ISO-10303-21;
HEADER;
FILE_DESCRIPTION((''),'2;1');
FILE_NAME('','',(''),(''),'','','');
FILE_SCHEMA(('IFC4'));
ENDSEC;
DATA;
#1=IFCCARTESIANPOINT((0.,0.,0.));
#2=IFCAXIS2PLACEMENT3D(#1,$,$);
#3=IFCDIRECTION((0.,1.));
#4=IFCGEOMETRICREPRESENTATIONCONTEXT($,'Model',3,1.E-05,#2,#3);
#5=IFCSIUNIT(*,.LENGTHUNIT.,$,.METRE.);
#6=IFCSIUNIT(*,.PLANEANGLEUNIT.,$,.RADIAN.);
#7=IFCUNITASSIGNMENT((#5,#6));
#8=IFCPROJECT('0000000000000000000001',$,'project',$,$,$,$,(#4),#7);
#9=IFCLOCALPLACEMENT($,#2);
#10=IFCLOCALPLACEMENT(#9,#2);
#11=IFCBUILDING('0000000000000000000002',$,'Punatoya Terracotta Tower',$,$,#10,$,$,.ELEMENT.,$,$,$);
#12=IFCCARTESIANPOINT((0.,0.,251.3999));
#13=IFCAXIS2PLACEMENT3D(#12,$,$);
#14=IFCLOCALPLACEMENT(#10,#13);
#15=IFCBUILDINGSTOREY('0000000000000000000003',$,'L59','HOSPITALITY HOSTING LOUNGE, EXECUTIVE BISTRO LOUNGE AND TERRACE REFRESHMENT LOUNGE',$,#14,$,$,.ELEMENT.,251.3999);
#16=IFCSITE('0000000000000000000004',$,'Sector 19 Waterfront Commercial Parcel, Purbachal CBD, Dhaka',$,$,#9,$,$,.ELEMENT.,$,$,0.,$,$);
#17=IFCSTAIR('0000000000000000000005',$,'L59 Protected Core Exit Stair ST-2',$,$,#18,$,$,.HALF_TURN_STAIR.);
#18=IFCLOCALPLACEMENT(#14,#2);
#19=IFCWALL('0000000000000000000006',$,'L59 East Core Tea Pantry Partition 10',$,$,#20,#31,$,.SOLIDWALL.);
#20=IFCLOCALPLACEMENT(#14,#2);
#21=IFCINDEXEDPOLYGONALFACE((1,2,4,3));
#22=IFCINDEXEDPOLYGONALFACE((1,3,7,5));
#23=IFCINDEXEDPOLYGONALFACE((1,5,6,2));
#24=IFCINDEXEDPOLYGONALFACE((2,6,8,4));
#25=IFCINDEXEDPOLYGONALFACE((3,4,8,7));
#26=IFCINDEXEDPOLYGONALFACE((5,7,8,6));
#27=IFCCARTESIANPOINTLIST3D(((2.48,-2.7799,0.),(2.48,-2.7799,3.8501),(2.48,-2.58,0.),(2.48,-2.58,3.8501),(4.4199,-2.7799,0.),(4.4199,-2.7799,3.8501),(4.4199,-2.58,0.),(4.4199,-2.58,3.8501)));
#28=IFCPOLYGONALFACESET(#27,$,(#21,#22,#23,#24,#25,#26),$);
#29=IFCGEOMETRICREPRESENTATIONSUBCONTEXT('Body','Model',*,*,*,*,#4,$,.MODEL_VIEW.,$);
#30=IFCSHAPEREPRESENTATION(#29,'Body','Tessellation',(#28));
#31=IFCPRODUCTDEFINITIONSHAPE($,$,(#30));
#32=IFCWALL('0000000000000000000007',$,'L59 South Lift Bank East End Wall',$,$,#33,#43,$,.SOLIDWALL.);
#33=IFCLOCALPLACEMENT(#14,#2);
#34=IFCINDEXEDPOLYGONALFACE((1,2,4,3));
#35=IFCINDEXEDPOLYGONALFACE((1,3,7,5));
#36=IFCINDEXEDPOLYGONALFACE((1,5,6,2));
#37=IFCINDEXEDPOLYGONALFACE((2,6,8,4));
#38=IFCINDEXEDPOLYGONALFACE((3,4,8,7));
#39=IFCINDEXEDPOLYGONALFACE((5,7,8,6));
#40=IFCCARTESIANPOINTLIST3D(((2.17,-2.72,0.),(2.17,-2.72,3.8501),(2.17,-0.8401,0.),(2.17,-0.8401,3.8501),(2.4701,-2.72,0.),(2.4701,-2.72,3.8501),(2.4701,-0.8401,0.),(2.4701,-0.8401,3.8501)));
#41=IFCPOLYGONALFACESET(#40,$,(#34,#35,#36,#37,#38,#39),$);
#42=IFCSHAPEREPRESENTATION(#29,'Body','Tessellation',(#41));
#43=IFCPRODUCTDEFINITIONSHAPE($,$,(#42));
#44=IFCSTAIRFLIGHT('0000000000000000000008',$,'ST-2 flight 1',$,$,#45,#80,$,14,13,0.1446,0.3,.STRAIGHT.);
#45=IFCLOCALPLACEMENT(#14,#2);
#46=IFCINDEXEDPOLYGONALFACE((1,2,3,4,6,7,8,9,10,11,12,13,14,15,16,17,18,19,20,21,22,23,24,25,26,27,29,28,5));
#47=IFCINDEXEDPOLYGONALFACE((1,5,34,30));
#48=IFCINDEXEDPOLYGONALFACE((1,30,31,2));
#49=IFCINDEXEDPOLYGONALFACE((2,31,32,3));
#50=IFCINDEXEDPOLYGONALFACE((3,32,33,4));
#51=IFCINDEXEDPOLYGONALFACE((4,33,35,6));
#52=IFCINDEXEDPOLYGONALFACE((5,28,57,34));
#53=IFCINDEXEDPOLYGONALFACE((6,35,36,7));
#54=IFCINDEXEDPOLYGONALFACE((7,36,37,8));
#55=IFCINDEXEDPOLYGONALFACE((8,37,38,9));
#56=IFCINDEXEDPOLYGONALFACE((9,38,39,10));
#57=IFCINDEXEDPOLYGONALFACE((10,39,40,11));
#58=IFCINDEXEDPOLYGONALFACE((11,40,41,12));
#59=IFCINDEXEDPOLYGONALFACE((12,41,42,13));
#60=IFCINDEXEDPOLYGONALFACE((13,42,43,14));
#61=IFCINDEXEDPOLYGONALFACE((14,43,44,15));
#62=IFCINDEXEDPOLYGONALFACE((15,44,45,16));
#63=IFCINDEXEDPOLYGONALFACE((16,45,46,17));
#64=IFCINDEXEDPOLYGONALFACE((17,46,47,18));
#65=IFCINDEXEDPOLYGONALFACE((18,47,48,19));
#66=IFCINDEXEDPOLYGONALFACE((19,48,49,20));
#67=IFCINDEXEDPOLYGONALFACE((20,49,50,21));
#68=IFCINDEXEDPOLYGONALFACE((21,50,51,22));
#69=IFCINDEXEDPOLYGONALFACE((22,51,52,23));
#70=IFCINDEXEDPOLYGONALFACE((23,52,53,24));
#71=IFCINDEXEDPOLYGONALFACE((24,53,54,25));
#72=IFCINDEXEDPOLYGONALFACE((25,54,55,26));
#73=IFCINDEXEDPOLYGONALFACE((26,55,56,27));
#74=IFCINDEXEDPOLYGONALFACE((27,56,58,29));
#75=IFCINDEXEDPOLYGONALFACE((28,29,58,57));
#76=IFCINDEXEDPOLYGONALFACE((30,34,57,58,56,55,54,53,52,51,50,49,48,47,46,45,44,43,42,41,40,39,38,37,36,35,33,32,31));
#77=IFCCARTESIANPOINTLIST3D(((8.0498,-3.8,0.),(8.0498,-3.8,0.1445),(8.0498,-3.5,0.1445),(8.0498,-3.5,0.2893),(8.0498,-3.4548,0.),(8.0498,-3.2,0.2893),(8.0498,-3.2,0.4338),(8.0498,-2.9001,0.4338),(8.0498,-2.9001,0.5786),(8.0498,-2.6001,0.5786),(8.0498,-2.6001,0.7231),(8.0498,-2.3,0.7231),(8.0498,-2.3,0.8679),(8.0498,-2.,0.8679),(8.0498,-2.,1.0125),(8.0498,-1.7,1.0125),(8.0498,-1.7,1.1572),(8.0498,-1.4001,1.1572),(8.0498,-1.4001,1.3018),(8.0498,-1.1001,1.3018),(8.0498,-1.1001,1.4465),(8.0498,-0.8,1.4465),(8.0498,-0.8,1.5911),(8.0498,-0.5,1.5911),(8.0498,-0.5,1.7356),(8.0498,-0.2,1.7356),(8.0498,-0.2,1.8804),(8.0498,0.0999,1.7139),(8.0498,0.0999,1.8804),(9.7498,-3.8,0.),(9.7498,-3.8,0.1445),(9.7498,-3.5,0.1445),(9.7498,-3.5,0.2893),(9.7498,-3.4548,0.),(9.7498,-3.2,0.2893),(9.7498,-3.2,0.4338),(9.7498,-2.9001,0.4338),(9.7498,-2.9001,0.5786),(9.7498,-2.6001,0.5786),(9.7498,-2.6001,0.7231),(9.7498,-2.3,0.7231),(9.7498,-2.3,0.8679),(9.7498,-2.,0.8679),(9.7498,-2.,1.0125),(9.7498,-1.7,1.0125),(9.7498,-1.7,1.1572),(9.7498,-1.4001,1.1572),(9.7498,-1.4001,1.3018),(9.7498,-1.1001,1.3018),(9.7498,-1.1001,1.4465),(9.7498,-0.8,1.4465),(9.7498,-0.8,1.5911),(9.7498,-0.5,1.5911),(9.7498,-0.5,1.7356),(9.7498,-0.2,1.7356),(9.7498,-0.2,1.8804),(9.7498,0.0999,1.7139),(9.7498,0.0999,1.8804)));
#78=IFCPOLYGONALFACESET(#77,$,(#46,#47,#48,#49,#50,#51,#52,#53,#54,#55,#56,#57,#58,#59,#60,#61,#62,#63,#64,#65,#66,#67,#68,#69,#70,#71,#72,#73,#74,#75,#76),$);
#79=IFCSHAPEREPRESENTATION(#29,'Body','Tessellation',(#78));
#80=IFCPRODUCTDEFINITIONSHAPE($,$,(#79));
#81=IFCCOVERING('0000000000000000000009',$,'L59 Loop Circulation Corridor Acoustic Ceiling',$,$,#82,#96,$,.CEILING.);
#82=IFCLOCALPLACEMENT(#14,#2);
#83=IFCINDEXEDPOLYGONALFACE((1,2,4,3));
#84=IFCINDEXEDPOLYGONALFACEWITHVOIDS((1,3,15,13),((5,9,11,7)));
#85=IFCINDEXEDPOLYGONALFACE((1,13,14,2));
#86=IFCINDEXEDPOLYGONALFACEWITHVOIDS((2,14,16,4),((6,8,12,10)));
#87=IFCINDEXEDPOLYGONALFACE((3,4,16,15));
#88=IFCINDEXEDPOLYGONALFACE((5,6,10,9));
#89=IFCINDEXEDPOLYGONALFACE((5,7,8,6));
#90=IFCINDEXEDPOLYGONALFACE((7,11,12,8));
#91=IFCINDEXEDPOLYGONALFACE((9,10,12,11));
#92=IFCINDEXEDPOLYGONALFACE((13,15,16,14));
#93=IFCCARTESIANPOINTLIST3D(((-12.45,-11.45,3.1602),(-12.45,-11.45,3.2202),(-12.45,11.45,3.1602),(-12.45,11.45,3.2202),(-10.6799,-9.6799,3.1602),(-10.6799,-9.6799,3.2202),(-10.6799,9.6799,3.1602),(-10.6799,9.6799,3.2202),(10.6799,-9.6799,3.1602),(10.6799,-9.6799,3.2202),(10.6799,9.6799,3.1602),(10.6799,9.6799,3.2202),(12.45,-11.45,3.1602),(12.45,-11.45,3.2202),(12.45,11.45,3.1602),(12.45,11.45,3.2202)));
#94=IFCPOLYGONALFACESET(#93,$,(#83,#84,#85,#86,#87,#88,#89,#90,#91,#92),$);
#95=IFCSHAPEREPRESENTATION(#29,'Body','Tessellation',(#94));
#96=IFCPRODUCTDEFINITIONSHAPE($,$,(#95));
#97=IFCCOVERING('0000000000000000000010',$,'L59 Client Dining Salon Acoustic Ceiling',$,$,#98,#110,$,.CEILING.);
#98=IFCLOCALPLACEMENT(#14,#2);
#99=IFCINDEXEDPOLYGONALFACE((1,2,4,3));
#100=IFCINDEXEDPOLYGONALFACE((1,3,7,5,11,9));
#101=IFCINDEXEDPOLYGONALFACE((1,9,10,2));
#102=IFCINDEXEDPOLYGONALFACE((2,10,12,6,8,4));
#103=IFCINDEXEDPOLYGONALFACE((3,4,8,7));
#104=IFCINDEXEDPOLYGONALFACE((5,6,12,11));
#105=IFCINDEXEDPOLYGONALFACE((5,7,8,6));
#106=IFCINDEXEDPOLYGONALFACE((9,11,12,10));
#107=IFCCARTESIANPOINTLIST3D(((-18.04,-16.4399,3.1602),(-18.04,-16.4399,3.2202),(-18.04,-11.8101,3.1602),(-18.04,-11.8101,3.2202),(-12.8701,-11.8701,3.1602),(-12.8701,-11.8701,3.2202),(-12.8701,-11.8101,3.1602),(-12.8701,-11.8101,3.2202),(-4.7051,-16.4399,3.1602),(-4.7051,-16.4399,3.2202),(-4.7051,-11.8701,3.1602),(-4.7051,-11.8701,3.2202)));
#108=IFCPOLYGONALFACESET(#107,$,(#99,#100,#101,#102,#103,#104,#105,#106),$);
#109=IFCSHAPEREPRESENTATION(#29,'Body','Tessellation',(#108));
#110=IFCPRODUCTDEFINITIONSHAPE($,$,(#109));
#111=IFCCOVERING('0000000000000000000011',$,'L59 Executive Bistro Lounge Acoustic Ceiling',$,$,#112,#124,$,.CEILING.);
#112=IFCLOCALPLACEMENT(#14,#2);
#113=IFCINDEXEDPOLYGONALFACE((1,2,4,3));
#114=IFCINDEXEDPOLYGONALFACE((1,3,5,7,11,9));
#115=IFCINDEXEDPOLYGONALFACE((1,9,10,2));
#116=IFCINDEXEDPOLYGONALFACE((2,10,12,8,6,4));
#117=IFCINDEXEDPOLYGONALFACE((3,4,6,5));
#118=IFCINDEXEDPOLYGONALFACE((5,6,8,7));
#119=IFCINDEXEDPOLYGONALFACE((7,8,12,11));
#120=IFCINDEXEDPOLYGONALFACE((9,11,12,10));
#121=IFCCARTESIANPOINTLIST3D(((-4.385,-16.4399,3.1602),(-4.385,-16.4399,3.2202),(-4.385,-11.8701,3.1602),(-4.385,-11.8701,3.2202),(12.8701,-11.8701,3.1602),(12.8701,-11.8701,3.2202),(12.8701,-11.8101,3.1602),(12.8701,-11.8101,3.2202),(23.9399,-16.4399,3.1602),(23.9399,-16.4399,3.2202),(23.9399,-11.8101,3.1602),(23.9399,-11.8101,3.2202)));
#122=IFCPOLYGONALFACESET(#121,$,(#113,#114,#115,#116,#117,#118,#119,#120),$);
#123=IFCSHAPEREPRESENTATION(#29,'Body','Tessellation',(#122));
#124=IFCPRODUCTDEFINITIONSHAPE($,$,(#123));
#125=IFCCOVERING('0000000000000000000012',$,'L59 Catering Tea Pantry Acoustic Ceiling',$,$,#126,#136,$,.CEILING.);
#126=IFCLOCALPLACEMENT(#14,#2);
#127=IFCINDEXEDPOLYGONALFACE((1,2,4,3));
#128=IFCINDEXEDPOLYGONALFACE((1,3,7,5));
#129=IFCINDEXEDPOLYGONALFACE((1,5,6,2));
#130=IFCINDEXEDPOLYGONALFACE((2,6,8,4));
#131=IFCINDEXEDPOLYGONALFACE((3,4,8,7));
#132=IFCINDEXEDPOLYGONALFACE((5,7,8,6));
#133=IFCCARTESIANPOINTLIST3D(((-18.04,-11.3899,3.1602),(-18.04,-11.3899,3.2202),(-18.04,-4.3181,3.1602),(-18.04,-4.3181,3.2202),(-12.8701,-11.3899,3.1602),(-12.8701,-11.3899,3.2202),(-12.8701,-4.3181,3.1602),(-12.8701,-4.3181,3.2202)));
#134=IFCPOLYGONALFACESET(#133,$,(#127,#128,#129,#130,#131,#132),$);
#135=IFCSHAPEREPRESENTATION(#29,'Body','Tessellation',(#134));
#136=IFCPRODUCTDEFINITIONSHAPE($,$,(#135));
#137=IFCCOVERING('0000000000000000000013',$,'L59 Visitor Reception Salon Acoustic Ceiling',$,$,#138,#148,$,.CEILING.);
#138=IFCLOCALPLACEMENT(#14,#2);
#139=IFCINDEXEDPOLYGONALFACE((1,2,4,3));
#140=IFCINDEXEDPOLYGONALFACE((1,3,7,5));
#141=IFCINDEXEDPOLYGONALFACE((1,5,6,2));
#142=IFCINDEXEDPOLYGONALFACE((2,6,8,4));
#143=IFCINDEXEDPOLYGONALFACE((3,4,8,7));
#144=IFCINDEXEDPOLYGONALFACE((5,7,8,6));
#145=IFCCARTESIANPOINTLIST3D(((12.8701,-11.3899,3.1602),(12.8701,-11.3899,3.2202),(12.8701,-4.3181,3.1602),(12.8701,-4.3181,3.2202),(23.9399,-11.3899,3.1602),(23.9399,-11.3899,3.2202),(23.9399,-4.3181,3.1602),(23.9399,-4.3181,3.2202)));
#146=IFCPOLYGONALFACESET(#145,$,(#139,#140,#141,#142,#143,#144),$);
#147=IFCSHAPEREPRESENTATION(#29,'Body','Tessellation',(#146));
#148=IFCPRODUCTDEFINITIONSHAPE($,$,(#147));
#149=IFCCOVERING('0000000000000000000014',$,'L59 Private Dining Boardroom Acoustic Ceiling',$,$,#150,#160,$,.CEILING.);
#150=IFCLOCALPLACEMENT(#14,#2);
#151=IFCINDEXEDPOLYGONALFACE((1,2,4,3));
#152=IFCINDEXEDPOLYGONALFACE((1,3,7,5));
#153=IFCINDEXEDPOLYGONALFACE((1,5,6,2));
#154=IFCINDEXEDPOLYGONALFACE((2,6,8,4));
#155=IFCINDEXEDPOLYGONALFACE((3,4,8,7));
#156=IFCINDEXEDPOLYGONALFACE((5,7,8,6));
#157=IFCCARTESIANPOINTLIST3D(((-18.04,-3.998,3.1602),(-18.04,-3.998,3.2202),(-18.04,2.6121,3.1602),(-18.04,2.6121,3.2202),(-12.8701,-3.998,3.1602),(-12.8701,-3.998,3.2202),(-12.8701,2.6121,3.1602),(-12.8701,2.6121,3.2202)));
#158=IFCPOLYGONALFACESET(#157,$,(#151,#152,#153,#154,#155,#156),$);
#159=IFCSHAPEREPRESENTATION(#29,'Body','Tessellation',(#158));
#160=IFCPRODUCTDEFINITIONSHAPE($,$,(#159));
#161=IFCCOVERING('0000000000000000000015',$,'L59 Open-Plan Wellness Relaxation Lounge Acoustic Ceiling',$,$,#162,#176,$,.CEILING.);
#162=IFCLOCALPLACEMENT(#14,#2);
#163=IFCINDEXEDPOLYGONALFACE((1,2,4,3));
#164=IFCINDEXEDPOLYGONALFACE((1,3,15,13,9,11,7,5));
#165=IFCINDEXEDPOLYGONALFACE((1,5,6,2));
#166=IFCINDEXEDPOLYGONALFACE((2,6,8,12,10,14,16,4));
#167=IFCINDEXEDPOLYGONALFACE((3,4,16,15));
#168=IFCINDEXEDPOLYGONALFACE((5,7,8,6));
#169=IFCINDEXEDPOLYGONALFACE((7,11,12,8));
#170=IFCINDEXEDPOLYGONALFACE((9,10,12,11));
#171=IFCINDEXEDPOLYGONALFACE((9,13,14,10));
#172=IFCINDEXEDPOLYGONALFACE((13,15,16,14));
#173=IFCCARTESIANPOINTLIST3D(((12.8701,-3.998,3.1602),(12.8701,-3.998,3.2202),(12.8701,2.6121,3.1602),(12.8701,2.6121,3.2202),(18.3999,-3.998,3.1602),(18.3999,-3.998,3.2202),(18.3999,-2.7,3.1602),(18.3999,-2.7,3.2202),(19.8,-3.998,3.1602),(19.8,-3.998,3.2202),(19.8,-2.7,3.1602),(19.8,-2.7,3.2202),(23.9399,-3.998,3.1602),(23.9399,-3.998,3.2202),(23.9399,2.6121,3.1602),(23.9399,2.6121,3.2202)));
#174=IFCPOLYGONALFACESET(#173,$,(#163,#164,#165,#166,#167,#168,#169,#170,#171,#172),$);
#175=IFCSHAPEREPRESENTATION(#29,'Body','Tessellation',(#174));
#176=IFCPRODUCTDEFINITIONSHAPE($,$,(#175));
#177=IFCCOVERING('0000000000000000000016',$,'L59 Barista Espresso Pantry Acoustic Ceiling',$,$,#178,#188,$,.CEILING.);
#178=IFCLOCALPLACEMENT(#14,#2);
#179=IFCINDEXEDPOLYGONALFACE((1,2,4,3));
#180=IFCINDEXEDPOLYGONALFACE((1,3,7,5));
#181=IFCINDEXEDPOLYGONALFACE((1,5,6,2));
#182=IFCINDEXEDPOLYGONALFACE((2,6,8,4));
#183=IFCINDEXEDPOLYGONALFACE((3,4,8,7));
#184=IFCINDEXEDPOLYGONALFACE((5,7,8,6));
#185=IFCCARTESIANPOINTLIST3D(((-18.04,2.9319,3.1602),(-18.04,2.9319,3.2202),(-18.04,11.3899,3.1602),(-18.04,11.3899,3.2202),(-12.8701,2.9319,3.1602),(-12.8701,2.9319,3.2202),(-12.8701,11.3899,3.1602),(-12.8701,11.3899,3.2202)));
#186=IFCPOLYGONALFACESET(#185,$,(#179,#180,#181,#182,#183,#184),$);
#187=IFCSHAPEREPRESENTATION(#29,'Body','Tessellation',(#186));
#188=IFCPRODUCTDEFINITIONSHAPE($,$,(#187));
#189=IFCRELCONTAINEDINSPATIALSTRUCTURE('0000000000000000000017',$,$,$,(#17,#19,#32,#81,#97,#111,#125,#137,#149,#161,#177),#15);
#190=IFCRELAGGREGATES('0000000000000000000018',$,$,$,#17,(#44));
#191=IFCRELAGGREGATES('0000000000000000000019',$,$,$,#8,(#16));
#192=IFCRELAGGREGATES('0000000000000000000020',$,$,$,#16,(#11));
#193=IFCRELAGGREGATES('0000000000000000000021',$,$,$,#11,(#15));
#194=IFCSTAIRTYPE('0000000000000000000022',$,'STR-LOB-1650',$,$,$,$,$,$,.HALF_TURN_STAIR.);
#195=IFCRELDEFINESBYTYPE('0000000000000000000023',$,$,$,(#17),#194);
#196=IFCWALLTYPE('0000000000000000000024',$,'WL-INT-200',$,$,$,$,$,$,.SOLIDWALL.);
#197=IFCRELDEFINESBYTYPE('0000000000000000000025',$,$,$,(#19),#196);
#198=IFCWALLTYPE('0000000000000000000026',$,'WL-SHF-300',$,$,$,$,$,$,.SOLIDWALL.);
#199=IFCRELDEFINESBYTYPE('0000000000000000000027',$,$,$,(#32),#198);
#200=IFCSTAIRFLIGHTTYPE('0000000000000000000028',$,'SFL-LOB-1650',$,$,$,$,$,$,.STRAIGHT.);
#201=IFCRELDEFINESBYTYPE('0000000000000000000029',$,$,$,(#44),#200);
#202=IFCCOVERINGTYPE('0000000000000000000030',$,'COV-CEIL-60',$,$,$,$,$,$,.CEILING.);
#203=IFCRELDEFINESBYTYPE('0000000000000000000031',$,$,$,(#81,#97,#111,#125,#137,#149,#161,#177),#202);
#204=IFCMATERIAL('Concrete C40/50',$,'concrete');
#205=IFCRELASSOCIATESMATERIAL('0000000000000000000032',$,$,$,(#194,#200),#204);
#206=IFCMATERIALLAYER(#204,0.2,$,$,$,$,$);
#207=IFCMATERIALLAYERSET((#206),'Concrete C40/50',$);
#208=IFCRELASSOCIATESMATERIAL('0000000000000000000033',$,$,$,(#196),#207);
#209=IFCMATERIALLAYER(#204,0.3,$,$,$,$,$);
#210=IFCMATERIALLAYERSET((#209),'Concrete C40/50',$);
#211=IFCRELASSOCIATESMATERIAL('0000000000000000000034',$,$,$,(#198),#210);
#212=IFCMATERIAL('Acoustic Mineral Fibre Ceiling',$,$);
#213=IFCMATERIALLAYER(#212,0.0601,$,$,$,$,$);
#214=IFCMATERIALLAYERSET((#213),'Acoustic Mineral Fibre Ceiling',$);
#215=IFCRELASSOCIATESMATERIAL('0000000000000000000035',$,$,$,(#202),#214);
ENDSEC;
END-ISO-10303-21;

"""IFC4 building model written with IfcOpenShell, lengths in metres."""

from ifc_helpers import new_model, si_unit, direction, frame, frame_2d, origin, place, context, subcontext, project, spatial, polyline, rectangle, outline, extrude, material, layer, layer_set, type_object, element, aggregate, save


model = new_model("IFC4")

# Units and contexts
model_context = context("Model", 3, precision=1e-05, world=origin(), true_north=direction((0.0, 1.0)))
body_context = subcontext(model_context, "Body", "Model", "MODEL_VIEW")
ifc_project = project(units=[si_unit("LENGTHUNIT", "METRE"), si_unit("PLANEANGLEUNIT", "RADIAN")], contexts=[model_context])

# Site, building, storey
site_placement = place(None, origin())
site = spatial("IfcSite", under=ifc_project, at=site_placement, Name="Sector 19 Waterfront Commercial Parcel, Purbachal CBD, Dhaka", CompositionType="ELEMENT", RefElevation=0.0)
building_placement = place(site_placement, origin())
building = spatial("IfcBuilding", under=site, at=building_placement, Name="Punatoya Terracotta Tower", CompositionType="ELEMENT")
storey_placement = place(building_placement, frame((0.0, 0.0, 251.3999)))
storey = spatial("IfcBuildingStorey", under=building, at=storey_placement, Name="L59", Description="HOSPITALITY HOSTING LOUNGE, EXECUTIVE BISTRO LOUNGE AND TERRACE REFRESHMENT LOUNGE", CompositionType="ELEMENT", Elevation=251.3999)

# Stair
ifc_material_1 = material(Name="Concrete C40/50", Category="concrete")
stair_type_1 = type_object("IfcStairType", Name="STR-LOB-1650", PredefinedType="HALF_TURN_STAIR", material=ifc_material_1)
stair_1_placement = place(storey_placement, origin())
stair_1 = element("IfcStair", 1, at=stair_1_placement, inside=storey, type_object=stair_type_1, Name="L59 Protected Core Exit Stair ST-2", PredefinedType="HALF_TURN_STAIR")

# Shared definitions
ifc_layer_1 = layer(ifc_material_1, 0.2)
ifc_layer_set_1 = layer_set([ifc_layer_1], Name="Concrete C40/50")
wall_type_1 = type_object("IfcWallType", Name="WL-INT-200", PredefinedType="SOLIDWALL", material=ifc_layer_set_1)

# Walls
for number, where, z_axis, x_axis, name in (
    (2, (2.48, -2.6799, 0.0), (0.0, 0.0, 1.0), (1.0, 0.0, 0.0), "L59 East Core Tea Pantry Partition 10"),
):
    element("IfcWall", number, at=place(storey_placement, frame(where, z_axis=z_axis, x_axis=x_axis)), inside=storey, type_object=wall_type_1, Name=name, PredefinedType="SOLIDWALL", context=body_context, shape_type="SweptSolid", body=[
        extrude(rectangle(XDim=1.9399, YDim=0.2, at=frame_2d((0.97, 0.0))), origin(), (0.0, 0.0, 1.0), 3.8501),
    ])
ifc_layer_2 = layer(ifc_material_1, 0.3)
ifc_layer_set_2 = layer_set([ifc_layer_2], Name="Concrete C40/50")
wall_type_2 = type_object("IfcWallType", Name="WL-SHF-300", PredefinedType="SOLIDWALL", material=ifc_layer_set_2)
wall_1_placement = place(storey_placement, frame((2.3201, -2.72, 0.0), z_axis=(0.0, 0.0, 1.0), x_axis=(0.0, 1.0, 0.0)))
element("IfcWall", 3, at=wall_1_placement, inside=storey, type_object=wall_type_2, Name="L59 South Lift Bank East End Wall", PredefinedType="SOLIDWALL", context=body_context, shape_type="SweptSolid", body=[
    extrude(rectangle(XDim=1.8799, YDim=0.3, at=frame_2d((0.9399, 0.0))), origin(), (0.0, 0.0, 1.0), 3.8501),
])

# Stair flight
stair_flight_type = type_object("IfcStairFlightType", Name="SFL-LOB-1650", PredefinedType="STRAIGHT", material=ifc_material_1)
stair_flight_placement = place(storey_placement, frame((8.8999, -3.8, 0.0), z_axis=(0.0, 0.0, 1.0), x_axis=(0.0, 1.0, 0.0)))
stair_flight = element("IfcStairFlight", 4, at=stair_flight_placement, type_object=stair_flight_type, Name="ST-2 flight 1", NumberOfRisers=14, NumberOfTreads=13, PredefinedType="STRAIGHT", RiserHeight=0.1446, TreadLength=0.3, context=body_context, shape_type="SweptSolid", body=[
    extrude(outline(polyline([(0.0, 0.0), (0.0, 0.1445), (0.3, 0.1445), (0.3, 0.2893), (0.6001, 0.2893), (0.6001, 0.4338), (0.8999, 0.4338), (0.8999, 0.5786), (1.2, 0.5786), (1.2, 0.7231), (1.5, 0.7231), (1.5, 0.8679), (1.8, 0.8679), (1.8, 1.0125), (2.1001, 1.0125), (2.1001, 1.1572), (2.3999, 1.1572), (2.3999, 1.3018), (2.7, 1.3018), (2.7, 1.4465), (3.0, 1.4465), (3.0, 1.5911), (3.3, 1.5911), (3.3, 1.7356), (3.6001, 1.7356), (3.6001, 1.8804), (3.8999, 1.8804), (3.8999, 2.0249), (3.8999, 1.7139), (0.3452, 0.0), (0.0, 0.0)])), frame((0.0, 0.8501, 0.0), z_axis=(0.0, -1.0, 0.0), x_axis=(1.0, 0.0, 0.0)), (0.0, 0.0, 1.0), 1.7),
])
aggregate(stair_1, [stair_flight])

# Coverings
ifc_material_2 = material(Name="Acoustic Mineral Fibre Ceiling")
ifc_layer_3 = layer(ifc_material_2, 0.0601)
ifc_layer_set_3 = layer_set([ifc_layer_3], Name="Acoustic Mineral Fibre Ceiling")
covering_type = type_object("IfcCoveringType", Name="COV-CEIL-60", PredefinedType="CEILING", material=ifc_layer_set_3)
covering_1_placement = place(storey_placement, frame((0.0, 0.0, 3.1602)))
element("IfcCovering", 5, at=covering_1_placement, inside=storey, type_object=covering_type, Name="L59 Loop Circulation Corridor Acoustic Ceiling", PredefinedType="CEILING", context=body_context, shape_type="SweptSolid", body=[
    extrude(outline(polyline([(-12.45, 11.45), (-12.45, -11.45), (12.45, -11.45), (12.45, 11.45), (-12.45, 11.45)]), holes=[polyline([(-10.6799, 9.6799), (10.6799, 9.6799), (10.6799, -9.6799), (-10.6799, -9.6799), (-10.6799, 9.6799)])]), origin(), (0.0, 0.0, 1.0), 0.0601),
])
covering_2_placement = place(storey_placement, frame((0.0, 0.0, 3.1602)))
element("IfcCovering", 6, at=covering_2_placement, inside=storey, type_object=covering_type, Name="L59 Client Dining Salon Acoustic Ceiling", PredefinedType="CEILING", context=body_context, shape_type="SweptSolid", body=[
    extrude(outline(polyline([(-12.8701, -11.8701), (-12.8701, -11.8101), (-18.04, -11.8101), (-18.04, -16.4399), (-4.7051, -16.4399), (-4.7051, -11.8701), (-12.8701, -11.8701)])), origin(), (0.0, 0.0, 1.0), 0.0601),
])
covering_3_placement = place(storey_placement, frame((0.0, 0.0, 3.1602)))
element("IfcCovering", 7, at=covering_3_placement, inside=storey, type_object=covering_type, Name="L59 Executive Bistro Lounge Acoustic Ceiling", PredefinedType="CEILING", context=body_context, shape_type="SweptSolid", body=[
    extrude(outline(polyline([(12.8701, -11.8701), (-4.385, -11.8701), (-4.385, -16.4399), (23.9399, -16.4399), (23.9399, -11.8101), (12.8701, -11.8101), (12.8701, -11.8701)])), origin(), (0.0, 0.0, 1.0), 0.0601),
])
covering_4_placement = place(storey_placement, frame((0.0, 0.0, 3.1602)))
element("IfcCovering", 8, at=covering_4_placement, inside=storey, type_object=covering_type, Name="L59 Catering Tea Pantry Acoustic Ceiling", PredefinedType="CEILING", context=body_context, shape_type="SweptSolid", body=[
    extrude(outline(polyline([(-18.04, -4.3181), (-18.04, -11.3899), (-12.8701, -11.3899), (-12.8701, -4.3181), (-18.04, -4.3181)])), origin(), (0.0, 0.0, 1.0), 0.0601),
])
covering_5_placement = place(storey_placement, frame((0.0, 0.0, 3.1602)))
element("IfcCovering", 9, at=covering_5_placement, inside=storey, type_object=covering_type, Name="L59 Visitor Reception Salon Acoustic Ceiling", PredefinedType="CEILING", context=body_context, shape_type="SweptSolid", body=[
    extrude(outline(polyline([(23.9399, -11.3899), (23.9399, -4.3181), (12.8701, -4.3181), (12.8701, -11.3899), (23.9399, -11.3899)])), origin(), (0.0, 0.0, 1.0), 0.0601),
])
covering_6_placement = place(storey_placement, frame((0.0, 0.0, 3.1602)))
element("IfcCovering", 10, at=covering_6_placement, inside=storey, type_object=covering_type, Name="L59 Private Dining Boardroom Acoustic Ceiling", PredefinedType="CEILING", context=body_context, shape_type="SweptSolid", body=[
    extrude(outline(polyline([(-18.04, 2.6121), (-18.04, -3.998), (-12.8701, -3.998), (-12.8701, 2.6121), (-18.04, 2.6121)])), origin(), (0.0, 0.0, 1.0), 0.0601),
])
covering_7_placement = place(storey_placement, frame((0.0, 0.0, 3.1602)))
element("IfcCovering", 11, at=covering_7_placement, inside=storey, type_object=covering_type, Name="L59 Open-Plan Wellness Relaxation Lounge Acoustic Ceiling", PredefinedType="CEILING", context=body_context, shape_type="SweptSolid", body=[
    extrude(outline(polyline([(23.9399, -3.998), (23.9399, 2.6121), (12.8701, 2.6121), (12.8701, -3.998), (18.3999, -3.998), (18.3999, -2.7), (19.8, -2.7), (19.8, -3.998), (23.9399, -3.998)])), origin(), (0.0, 0.0, 1.0), 0.0601),
])
covering_8_placement = place(storey_placement, frame((0.0, 0.0, 3.1602)))
element("IfcCovering", 12, at=covering_8_placement, inside=storey, type_object=covering_type, Name="L59 Barista Espresso Pantry Acoustic Ceiling", PredefinedType="CEILING", context=body_context, shape_type="SweptSolid", body=[
    extrude(outline(polyline([(-18.04, 11.3899), (-18.04, 2.9319), (-12.8701, 2.9319), (-12.8701, 11.3899), (-18.04, 11.3899)])), origin(), (0.0, 0.0, 1.0), 0.0601),
])

save(model, "model.ifc")
